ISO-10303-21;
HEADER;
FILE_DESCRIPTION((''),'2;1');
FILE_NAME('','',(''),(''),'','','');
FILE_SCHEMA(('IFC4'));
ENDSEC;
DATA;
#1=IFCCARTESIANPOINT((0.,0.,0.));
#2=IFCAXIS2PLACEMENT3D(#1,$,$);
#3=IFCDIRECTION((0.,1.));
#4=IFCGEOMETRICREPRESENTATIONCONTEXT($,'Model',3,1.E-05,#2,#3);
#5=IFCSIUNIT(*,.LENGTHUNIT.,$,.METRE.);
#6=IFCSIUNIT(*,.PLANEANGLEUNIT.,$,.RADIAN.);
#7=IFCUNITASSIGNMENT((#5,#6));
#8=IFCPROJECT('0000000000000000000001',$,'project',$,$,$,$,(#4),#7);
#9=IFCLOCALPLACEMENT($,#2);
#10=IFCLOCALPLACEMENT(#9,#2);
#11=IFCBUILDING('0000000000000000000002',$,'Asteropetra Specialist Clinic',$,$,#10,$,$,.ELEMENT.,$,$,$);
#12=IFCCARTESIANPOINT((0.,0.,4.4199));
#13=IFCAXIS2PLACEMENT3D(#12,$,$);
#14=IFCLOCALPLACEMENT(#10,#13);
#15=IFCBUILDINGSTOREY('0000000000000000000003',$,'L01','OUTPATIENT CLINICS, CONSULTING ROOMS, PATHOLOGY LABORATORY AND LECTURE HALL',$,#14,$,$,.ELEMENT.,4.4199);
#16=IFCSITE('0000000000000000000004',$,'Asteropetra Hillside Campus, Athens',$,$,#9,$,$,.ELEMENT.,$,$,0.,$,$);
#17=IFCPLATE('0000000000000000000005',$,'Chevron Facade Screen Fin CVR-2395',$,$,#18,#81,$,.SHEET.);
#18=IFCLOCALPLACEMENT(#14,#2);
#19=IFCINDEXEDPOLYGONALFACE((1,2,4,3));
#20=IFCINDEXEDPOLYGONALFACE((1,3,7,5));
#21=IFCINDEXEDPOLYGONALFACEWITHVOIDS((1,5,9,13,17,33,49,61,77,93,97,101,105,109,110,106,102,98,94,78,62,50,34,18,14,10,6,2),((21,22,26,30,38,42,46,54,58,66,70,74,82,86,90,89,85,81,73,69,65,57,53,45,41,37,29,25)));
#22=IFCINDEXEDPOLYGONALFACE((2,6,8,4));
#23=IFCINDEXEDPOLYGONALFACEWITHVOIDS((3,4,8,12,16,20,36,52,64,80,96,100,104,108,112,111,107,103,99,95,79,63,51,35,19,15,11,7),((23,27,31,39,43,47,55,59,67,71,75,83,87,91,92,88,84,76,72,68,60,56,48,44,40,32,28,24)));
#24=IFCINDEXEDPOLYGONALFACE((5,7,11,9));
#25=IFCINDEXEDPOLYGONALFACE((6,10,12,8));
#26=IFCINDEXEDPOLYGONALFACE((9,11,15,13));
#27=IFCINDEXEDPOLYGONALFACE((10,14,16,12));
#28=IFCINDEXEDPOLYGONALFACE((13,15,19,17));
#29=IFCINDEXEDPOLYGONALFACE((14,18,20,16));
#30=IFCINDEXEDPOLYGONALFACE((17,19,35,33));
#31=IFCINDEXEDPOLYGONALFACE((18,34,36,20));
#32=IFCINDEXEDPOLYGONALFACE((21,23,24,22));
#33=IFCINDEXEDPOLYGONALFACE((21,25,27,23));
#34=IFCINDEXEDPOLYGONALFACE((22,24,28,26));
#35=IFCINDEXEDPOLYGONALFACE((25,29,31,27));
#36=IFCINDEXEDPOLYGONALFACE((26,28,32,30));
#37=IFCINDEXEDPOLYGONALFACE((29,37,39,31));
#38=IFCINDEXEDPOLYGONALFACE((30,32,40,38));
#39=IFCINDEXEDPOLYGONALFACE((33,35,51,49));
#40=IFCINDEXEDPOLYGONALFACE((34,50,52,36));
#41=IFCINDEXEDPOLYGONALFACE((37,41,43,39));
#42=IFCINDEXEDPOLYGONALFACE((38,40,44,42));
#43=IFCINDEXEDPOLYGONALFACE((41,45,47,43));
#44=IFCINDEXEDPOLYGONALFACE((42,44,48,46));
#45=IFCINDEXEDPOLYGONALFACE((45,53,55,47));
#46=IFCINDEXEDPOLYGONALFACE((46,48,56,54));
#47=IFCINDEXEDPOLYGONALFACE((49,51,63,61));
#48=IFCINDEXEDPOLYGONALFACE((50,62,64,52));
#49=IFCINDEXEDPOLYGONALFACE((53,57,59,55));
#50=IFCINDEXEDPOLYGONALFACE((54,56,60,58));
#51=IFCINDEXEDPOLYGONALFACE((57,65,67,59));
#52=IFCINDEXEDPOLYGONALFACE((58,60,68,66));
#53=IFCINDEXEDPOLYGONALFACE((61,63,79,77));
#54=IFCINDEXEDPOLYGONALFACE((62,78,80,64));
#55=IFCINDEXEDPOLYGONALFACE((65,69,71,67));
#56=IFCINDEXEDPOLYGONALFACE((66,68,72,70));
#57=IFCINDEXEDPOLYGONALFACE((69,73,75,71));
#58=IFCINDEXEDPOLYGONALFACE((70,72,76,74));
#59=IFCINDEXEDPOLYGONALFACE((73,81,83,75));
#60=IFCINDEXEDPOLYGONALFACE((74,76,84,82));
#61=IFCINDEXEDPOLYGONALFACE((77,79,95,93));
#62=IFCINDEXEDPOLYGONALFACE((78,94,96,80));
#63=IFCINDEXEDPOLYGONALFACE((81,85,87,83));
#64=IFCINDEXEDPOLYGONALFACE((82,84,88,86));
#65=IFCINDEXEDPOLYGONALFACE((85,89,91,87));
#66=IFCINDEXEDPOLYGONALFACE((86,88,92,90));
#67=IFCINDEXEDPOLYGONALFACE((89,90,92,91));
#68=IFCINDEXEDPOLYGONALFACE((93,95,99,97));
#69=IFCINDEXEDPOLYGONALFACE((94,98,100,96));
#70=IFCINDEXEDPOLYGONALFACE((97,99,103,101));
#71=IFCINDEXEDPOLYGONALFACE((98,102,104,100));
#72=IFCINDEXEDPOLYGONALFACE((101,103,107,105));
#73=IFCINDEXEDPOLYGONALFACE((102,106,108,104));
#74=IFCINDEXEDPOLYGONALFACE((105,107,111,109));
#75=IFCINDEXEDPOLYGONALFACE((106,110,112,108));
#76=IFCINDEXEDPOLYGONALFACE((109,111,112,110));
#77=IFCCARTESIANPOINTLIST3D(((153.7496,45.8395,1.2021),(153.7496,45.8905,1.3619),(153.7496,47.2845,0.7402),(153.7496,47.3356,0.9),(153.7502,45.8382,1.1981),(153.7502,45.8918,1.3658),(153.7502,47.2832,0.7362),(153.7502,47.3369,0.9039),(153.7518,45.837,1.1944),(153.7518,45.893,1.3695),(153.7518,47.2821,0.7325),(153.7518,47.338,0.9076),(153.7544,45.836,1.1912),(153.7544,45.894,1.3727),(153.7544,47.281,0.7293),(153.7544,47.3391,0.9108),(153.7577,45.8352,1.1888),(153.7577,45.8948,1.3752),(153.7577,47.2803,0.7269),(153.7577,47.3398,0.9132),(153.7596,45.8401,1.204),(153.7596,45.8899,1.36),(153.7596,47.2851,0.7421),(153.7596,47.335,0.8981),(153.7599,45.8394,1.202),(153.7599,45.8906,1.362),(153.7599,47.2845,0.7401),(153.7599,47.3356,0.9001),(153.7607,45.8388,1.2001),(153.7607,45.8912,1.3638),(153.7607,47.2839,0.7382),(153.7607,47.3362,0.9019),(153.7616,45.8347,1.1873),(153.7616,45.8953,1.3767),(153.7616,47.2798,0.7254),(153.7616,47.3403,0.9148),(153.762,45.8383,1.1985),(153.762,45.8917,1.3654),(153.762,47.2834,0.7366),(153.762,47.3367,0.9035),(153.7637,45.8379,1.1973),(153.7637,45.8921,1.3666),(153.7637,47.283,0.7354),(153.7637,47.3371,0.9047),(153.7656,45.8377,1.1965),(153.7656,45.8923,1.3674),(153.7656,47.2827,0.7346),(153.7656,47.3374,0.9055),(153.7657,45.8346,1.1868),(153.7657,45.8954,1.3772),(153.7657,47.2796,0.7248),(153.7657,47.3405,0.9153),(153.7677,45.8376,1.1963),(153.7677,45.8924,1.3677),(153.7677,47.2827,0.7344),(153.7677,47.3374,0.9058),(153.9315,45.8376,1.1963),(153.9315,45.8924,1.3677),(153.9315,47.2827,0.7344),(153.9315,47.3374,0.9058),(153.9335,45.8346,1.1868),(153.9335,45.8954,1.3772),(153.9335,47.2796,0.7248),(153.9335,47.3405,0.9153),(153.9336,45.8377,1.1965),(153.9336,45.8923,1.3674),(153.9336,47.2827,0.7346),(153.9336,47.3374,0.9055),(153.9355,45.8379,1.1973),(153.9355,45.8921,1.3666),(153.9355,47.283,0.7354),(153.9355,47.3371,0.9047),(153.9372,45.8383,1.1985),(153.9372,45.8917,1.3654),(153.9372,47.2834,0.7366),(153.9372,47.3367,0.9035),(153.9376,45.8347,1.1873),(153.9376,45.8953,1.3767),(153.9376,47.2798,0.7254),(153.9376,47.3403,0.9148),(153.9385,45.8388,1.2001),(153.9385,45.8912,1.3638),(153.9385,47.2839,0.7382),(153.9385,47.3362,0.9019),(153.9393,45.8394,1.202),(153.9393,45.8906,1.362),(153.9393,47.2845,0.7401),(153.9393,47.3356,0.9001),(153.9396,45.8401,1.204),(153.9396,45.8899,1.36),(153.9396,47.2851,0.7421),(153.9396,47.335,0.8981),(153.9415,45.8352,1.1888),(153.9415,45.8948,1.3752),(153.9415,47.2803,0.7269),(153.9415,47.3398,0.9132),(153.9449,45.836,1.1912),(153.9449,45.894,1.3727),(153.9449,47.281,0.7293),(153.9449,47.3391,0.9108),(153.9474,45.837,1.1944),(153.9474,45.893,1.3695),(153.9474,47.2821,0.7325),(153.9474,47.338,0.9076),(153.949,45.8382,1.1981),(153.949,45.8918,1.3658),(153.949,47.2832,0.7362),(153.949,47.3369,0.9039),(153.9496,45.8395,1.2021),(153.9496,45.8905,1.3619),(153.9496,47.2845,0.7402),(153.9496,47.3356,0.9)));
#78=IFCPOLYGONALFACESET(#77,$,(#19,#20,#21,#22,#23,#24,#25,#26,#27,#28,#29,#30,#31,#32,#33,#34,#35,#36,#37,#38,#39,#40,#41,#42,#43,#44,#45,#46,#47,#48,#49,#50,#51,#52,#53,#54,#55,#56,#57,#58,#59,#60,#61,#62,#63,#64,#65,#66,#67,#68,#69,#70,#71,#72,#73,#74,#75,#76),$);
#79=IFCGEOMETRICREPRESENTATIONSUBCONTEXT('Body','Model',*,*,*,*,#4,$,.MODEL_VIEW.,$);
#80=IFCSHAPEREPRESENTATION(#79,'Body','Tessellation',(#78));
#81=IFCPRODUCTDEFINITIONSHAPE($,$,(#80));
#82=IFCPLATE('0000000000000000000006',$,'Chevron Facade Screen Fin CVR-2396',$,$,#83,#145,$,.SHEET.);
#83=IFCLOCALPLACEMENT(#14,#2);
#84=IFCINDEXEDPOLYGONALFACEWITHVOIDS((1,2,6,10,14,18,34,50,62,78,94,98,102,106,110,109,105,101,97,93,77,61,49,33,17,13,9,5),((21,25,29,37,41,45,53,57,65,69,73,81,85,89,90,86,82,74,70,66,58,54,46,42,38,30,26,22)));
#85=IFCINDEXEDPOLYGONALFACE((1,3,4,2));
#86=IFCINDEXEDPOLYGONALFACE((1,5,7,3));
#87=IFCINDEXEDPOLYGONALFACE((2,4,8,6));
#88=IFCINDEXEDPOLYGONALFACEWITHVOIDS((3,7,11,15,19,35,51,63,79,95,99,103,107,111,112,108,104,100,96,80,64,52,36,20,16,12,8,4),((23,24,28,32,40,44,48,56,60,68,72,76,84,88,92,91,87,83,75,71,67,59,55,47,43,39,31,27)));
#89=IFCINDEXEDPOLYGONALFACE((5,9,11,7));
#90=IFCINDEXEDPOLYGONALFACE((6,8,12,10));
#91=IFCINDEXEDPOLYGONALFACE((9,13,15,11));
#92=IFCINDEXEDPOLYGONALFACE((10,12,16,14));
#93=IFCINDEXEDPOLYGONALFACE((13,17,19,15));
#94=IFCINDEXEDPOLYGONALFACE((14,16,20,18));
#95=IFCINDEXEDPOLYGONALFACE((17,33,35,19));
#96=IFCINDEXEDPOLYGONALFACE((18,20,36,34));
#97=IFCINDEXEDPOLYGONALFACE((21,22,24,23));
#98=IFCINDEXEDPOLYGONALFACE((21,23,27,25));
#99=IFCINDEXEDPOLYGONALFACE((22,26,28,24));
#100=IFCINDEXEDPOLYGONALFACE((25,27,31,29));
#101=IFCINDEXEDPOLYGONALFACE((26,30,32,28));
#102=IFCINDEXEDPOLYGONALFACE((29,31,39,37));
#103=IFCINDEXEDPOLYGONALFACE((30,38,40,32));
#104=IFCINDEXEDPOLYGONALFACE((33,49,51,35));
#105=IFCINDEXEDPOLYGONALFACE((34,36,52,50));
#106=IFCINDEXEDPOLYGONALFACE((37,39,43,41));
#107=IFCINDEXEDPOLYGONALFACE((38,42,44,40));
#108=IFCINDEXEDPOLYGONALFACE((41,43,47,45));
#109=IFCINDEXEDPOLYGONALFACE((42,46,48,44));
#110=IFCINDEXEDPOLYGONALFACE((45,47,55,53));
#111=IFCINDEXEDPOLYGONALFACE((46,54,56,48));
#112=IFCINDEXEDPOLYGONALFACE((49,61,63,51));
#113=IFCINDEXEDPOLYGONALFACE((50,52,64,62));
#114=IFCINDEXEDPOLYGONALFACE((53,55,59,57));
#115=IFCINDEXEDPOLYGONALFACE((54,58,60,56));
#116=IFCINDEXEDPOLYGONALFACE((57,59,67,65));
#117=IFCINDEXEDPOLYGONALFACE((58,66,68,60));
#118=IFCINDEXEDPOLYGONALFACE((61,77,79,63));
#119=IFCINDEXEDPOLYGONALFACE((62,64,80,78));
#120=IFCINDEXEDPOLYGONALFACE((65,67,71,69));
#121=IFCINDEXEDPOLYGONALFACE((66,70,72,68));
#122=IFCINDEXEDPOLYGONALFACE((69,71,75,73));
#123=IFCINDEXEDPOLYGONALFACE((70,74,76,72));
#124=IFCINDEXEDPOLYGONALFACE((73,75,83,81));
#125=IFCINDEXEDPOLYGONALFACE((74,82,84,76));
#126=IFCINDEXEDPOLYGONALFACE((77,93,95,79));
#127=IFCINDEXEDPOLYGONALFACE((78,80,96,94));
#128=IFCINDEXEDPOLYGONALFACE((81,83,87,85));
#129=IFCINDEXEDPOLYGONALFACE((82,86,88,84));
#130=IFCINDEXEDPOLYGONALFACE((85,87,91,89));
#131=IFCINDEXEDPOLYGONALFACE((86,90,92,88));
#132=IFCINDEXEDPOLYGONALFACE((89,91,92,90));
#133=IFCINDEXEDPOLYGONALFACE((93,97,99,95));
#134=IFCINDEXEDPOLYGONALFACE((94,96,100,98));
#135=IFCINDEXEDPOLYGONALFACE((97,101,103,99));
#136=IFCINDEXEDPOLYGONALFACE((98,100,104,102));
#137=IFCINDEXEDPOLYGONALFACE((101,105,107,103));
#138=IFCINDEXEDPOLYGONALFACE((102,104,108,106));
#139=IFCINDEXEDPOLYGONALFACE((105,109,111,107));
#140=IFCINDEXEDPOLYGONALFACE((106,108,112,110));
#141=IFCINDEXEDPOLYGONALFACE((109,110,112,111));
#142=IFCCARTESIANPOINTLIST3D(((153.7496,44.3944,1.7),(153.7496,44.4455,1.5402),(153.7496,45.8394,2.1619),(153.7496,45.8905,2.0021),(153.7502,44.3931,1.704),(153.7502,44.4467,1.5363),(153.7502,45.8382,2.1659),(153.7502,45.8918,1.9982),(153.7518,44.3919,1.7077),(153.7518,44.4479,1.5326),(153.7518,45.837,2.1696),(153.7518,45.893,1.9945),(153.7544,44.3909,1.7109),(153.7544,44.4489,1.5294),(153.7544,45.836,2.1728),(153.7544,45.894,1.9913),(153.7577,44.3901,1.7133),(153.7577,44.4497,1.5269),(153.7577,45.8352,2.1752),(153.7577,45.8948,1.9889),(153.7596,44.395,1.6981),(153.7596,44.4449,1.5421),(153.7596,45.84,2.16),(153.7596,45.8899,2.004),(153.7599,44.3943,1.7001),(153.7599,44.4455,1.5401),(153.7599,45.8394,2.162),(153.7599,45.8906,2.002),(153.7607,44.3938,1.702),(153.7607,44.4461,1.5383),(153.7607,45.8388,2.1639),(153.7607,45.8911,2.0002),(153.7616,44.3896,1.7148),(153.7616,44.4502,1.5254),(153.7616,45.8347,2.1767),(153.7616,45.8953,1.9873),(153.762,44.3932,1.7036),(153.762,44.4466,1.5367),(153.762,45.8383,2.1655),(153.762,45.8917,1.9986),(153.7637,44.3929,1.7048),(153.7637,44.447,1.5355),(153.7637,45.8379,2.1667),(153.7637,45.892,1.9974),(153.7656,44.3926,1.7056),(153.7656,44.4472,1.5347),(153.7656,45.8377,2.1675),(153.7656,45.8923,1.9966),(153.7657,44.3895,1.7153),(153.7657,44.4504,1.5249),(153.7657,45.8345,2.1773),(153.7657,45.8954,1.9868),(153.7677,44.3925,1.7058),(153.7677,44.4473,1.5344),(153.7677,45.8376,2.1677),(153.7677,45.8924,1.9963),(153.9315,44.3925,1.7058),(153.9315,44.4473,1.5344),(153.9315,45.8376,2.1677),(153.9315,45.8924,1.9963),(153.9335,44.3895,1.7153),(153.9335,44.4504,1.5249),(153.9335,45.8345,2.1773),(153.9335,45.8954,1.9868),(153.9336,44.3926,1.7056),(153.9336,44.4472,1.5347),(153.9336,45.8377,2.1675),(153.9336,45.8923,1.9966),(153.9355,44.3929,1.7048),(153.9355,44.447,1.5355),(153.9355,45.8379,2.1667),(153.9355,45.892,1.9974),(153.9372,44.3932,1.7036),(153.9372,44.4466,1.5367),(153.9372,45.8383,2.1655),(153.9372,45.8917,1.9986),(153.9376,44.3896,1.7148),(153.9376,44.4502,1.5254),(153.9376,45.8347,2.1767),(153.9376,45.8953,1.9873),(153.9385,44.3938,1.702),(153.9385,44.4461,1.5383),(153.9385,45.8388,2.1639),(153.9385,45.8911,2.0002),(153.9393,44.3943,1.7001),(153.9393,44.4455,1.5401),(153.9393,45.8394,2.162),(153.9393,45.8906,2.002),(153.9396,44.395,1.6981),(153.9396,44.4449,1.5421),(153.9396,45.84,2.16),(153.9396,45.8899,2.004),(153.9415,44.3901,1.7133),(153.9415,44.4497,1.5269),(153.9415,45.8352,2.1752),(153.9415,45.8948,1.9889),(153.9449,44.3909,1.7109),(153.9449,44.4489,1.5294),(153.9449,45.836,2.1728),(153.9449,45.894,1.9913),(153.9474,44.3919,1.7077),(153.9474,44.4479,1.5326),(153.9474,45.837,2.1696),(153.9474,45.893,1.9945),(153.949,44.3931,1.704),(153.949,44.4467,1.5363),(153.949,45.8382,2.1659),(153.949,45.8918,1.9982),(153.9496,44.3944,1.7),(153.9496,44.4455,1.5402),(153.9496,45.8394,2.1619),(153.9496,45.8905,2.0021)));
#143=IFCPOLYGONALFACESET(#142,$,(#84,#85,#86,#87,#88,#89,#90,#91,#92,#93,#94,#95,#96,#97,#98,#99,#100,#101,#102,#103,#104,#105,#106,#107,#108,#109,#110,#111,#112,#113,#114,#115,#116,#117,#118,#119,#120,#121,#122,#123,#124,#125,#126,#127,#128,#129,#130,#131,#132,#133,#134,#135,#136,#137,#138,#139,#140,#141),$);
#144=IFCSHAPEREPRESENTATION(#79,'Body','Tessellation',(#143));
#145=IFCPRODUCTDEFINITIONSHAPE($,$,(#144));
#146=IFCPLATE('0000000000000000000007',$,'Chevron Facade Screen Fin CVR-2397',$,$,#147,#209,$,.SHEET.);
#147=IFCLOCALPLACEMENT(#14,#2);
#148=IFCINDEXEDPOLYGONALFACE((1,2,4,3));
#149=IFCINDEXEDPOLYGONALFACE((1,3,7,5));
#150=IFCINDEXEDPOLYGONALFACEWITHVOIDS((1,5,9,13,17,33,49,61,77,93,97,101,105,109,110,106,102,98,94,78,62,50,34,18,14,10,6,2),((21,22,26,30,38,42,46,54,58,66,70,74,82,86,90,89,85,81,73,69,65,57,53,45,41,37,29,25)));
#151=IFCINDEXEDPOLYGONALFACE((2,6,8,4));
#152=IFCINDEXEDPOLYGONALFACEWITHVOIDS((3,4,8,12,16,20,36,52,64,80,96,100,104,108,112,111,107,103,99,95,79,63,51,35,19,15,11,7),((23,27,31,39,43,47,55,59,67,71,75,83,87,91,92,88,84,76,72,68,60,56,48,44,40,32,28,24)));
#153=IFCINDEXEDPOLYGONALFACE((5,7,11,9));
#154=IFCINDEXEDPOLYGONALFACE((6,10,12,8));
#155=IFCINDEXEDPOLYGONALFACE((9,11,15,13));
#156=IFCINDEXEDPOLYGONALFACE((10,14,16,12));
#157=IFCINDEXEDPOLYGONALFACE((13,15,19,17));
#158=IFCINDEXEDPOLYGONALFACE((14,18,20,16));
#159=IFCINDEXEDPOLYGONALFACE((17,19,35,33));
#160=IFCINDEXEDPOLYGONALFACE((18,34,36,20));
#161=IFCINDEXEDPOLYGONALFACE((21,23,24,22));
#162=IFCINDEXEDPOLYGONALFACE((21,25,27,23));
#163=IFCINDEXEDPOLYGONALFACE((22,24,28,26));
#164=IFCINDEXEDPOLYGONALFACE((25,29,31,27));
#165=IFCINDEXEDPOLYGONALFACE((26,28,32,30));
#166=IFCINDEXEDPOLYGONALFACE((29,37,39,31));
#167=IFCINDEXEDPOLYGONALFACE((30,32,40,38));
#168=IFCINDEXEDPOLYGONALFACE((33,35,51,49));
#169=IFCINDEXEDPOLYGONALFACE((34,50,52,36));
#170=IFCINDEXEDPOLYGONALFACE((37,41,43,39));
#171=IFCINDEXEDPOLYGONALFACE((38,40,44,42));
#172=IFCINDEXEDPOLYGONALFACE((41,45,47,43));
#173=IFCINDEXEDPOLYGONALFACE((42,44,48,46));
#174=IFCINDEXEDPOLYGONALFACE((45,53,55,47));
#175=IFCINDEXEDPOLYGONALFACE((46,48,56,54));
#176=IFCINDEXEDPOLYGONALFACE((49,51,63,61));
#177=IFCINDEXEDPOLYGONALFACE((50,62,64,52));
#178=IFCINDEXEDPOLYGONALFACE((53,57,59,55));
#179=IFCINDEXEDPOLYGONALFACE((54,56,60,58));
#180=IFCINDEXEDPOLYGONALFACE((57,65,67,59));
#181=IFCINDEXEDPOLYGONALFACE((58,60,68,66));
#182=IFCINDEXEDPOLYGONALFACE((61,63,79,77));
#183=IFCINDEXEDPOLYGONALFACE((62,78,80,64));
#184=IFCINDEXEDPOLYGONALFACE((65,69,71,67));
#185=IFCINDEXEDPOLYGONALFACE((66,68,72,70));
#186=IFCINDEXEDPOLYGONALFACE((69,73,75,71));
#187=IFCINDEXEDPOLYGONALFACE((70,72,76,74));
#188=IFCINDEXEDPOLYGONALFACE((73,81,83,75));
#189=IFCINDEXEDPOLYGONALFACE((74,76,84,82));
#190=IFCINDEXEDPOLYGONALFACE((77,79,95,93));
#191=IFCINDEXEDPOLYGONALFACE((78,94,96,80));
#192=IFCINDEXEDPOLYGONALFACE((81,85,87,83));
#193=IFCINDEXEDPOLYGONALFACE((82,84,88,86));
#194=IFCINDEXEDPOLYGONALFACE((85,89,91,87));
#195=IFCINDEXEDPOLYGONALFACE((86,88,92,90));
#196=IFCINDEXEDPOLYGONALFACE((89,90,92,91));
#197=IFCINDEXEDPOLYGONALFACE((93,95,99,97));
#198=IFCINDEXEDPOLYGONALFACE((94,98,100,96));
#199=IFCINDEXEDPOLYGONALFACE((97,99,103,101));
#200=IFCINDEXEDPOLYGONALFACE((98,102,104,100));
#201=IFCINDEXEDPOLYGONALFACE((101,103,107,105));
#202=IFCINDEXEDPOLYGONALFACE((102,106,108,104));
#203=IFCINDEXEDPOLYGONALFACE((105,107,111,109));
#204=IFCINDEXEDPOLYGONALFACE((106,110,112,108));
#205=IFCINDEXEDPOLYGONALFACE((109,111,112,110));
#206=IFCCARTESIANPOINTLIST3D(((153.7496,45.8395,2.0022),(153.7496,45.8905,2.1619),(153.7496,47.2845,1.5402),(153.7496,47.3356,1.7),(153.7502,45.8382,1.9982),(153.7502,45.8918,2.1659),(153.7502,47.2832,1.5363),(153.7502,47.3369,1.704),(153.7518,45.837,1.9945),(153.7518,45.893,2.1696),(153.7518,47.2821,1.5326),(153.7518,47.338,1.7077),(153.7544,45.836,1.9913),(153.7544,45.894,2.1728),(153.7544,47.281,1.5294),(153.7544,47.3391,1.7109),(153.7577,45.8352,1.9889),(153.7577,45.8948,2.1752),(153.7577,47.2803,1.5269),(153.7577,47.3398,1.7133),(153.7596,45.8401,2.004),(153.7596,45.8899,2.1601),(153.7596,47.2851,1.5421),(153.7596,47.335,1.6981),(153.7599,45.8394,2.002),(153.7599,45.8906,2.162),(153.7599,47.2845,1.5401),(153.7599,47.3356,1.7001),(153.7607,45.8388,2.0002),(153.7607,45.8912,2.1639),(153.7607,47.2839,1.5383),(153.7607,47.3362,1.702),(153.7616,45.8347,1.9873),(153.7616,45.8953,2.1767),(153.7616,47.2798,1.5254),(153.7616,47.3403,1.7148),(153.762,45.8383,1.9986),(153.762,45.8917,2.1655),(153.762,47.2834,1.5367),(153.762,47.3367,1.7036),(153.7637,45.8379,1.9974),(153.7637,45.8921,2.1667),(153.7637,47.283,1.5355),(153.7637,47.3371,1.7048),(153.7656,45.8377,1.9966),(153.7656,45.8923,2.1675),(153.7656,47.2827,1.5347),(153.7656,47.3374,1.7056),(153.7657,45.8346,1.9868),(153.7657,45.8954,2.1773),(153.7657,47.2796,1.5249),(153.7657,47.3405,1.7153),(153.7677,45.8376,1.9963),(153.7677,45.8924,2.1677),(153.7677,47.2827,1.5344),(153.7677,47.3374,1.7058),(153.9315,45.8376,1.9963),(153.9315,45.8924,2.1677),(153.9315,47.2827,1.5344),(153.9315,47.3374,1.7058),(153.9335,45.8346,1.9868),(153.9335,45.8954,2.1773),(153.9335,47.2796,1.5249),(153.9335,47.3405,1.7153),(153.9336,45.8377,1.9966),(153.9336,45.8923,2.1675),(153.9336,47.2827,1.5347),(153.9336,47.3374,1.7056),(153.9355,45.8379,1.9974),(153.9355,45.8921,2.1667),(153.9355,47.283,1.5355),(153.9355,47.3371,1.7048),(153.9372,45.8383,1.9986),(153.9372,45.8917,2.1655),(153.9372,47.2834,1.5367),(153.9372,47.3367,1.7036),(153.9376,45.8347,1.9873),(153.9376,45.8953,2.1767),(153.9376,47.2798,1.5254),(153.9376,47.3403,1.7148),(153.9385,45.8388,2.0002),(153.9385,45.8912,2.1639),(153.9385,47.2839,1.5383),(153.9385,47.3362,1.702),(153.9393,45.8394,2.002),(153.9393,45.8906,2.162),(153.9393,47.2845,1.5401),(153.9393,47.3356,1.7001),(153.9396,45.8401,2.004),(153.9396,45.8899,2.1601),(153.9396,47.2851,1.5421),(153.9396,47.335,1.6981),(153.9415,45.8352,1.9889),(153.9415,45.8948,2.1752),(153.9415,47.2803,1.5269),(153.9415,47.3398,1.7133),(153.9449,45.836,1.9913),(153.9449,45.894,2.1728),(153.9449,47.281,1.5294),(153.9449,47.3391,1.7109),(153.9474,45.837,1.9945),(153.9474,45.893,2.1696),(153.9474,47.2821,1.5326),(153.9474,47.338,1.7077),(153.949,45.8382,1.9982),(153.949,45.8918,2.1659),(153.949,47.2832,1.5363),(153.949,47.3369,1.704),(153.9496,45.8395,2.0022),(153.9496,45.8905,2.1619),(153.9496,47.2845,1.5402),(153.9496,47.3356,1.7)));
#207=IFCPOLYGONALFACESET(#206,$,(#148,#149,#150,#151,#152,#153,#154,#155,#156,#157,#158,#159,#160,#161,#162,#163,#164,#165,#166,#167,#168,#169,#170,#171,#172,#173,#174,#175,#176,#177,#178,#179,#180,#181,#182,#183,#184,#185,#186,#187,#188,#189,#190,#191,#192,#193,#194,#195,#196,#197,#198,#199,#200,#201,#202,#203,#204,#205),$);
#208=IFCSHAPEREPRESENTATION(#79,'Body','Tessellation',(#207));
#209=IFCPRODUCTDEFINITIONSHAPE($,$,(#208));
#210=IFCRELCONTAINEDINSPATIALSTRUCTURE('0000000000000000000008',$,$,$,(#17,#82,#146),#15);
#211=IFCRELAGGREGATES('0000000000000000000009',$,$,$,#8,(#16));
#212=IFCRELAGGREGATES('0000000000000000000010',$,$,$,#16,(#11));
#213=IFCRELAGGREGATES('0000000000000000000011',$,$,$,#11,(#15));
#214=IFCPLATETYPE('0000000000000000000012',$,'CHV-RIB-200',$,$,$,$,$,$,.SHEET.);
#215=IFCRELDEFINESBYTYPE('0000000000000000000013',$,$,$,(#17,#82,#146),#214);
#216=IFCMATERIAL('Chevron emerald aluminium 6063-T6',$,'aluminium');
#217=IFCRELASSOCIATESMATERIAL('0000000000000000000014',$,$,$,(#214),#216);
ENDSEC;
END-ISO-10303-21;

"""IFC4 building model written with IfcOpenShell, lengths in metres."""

from ifc_helpers import new_model, si_unit, direction, frame, origin, origin_2d, place, context, subcontext, project, spatial, hollow_rectangle, extrude, material, material_profile, profile_set, type_object, element, save


model = new_model("IFC4")

# Units and contexts
model_context = context("Model", 3, precision=1e-05, world=origin(), true_north=direction((0.0, 1.0)))
body_context = subcontext(model_context, "Body", "Model", "MODEL_VIEW")
ifc_project = project(units=[si_unit("LENGTHUNIT", "METRE"), si_unit("PLANEANGLEUNIT", "RADIAN")], contexts=[model_context])

# Site, building, storey
site_placement = place(None, origin())
site = spatial("IfcSite", under=ifc_project, at=site_placement, Name="Asteropetra Hillside Campus, Athens", CompositionType="ELEMENT", RefElevation=0.0)
building_placement = place(site_placement, origin())
building = spatial("IfcBuilding", under=site, at=building_placement, Name="Asteropetra Specialist Clinic", CompositionType="ELEMENT")
storey_placement = place(building_placement, frame((0.0, 0.0, 4.4199)))
storey = spatial("IfcBuildingStorey", under=building, at=storey_placement, Name="L01", Description="OUTPATIENT CLINICS, CONSULTING ROOMS, PATHOLOGY LABORATORY AND LECTURE HALL", CompositionType="ELEMENT", Elevation=4.4199)

# Plates
ifc_material_1 = material(Name="Chevron emerald aluminium 6063-T6", Category="aluminium")
ifc_material_profile = material_profile(ifc_material_1, hollow_rectangle(XDim=0.2, YDim=0.2, WallThickness=0.01, InnerFilletRadius=0.0081, OuterFilletRadius=0.0161, at=origin_2d()), Name="SHS 200x200x10.0")
ifc_profile_set = profile_set([ifc_material_profile], Name="Chevron emerald aluminium 6063-T6")
plate_type = type_object("IfcPlateType", Name="CHV-RIB-200", PredefinedType="SHEET", material=ifc_profile_set)
for number, where, z_axis, x_axis, name in (
    (1, (153.8496, 45.865, 1.282), (0.0, 0.952521, -0.304472), (-1.0, 0.0, 0.0), "Chevron Facade Screen Fin CVR-2395"),
    (2, (153.8496, 44.4199, 1.6201), (0.0, 0.952521, 0.304472), (-1.0, 0.0, 0.0), "Chevron Facade Screen Fin CVR-2396"),
    (3, (153.8496, 45.865, 2.082), (0.0, 0.952521, -0.304472), (-1.0, 0.0, 0.0), "Chevron Facade Screen Fin CVR-2397"),
):
    element("IfcPlate", number, at=place(storey_placement, frame(where, z_axis=z_axis, x_axis=x_axis)), inside=storey, type_object=plate_type, Name=name, PredefinedType="SHEET", context=body_context, shape_type="SweptSolid", body=[
        extrude(hollow_rectangle(XDim=0.2, YDim=0.2, WallThickness=0.01, InnerFilletRadius=0.0081, OuterFilletRadius=0.0161, at=origin_2d()), origin(), (0.0, 0.0, 1.0), 1.5171),
    ])

save(model, "model.ifc")
